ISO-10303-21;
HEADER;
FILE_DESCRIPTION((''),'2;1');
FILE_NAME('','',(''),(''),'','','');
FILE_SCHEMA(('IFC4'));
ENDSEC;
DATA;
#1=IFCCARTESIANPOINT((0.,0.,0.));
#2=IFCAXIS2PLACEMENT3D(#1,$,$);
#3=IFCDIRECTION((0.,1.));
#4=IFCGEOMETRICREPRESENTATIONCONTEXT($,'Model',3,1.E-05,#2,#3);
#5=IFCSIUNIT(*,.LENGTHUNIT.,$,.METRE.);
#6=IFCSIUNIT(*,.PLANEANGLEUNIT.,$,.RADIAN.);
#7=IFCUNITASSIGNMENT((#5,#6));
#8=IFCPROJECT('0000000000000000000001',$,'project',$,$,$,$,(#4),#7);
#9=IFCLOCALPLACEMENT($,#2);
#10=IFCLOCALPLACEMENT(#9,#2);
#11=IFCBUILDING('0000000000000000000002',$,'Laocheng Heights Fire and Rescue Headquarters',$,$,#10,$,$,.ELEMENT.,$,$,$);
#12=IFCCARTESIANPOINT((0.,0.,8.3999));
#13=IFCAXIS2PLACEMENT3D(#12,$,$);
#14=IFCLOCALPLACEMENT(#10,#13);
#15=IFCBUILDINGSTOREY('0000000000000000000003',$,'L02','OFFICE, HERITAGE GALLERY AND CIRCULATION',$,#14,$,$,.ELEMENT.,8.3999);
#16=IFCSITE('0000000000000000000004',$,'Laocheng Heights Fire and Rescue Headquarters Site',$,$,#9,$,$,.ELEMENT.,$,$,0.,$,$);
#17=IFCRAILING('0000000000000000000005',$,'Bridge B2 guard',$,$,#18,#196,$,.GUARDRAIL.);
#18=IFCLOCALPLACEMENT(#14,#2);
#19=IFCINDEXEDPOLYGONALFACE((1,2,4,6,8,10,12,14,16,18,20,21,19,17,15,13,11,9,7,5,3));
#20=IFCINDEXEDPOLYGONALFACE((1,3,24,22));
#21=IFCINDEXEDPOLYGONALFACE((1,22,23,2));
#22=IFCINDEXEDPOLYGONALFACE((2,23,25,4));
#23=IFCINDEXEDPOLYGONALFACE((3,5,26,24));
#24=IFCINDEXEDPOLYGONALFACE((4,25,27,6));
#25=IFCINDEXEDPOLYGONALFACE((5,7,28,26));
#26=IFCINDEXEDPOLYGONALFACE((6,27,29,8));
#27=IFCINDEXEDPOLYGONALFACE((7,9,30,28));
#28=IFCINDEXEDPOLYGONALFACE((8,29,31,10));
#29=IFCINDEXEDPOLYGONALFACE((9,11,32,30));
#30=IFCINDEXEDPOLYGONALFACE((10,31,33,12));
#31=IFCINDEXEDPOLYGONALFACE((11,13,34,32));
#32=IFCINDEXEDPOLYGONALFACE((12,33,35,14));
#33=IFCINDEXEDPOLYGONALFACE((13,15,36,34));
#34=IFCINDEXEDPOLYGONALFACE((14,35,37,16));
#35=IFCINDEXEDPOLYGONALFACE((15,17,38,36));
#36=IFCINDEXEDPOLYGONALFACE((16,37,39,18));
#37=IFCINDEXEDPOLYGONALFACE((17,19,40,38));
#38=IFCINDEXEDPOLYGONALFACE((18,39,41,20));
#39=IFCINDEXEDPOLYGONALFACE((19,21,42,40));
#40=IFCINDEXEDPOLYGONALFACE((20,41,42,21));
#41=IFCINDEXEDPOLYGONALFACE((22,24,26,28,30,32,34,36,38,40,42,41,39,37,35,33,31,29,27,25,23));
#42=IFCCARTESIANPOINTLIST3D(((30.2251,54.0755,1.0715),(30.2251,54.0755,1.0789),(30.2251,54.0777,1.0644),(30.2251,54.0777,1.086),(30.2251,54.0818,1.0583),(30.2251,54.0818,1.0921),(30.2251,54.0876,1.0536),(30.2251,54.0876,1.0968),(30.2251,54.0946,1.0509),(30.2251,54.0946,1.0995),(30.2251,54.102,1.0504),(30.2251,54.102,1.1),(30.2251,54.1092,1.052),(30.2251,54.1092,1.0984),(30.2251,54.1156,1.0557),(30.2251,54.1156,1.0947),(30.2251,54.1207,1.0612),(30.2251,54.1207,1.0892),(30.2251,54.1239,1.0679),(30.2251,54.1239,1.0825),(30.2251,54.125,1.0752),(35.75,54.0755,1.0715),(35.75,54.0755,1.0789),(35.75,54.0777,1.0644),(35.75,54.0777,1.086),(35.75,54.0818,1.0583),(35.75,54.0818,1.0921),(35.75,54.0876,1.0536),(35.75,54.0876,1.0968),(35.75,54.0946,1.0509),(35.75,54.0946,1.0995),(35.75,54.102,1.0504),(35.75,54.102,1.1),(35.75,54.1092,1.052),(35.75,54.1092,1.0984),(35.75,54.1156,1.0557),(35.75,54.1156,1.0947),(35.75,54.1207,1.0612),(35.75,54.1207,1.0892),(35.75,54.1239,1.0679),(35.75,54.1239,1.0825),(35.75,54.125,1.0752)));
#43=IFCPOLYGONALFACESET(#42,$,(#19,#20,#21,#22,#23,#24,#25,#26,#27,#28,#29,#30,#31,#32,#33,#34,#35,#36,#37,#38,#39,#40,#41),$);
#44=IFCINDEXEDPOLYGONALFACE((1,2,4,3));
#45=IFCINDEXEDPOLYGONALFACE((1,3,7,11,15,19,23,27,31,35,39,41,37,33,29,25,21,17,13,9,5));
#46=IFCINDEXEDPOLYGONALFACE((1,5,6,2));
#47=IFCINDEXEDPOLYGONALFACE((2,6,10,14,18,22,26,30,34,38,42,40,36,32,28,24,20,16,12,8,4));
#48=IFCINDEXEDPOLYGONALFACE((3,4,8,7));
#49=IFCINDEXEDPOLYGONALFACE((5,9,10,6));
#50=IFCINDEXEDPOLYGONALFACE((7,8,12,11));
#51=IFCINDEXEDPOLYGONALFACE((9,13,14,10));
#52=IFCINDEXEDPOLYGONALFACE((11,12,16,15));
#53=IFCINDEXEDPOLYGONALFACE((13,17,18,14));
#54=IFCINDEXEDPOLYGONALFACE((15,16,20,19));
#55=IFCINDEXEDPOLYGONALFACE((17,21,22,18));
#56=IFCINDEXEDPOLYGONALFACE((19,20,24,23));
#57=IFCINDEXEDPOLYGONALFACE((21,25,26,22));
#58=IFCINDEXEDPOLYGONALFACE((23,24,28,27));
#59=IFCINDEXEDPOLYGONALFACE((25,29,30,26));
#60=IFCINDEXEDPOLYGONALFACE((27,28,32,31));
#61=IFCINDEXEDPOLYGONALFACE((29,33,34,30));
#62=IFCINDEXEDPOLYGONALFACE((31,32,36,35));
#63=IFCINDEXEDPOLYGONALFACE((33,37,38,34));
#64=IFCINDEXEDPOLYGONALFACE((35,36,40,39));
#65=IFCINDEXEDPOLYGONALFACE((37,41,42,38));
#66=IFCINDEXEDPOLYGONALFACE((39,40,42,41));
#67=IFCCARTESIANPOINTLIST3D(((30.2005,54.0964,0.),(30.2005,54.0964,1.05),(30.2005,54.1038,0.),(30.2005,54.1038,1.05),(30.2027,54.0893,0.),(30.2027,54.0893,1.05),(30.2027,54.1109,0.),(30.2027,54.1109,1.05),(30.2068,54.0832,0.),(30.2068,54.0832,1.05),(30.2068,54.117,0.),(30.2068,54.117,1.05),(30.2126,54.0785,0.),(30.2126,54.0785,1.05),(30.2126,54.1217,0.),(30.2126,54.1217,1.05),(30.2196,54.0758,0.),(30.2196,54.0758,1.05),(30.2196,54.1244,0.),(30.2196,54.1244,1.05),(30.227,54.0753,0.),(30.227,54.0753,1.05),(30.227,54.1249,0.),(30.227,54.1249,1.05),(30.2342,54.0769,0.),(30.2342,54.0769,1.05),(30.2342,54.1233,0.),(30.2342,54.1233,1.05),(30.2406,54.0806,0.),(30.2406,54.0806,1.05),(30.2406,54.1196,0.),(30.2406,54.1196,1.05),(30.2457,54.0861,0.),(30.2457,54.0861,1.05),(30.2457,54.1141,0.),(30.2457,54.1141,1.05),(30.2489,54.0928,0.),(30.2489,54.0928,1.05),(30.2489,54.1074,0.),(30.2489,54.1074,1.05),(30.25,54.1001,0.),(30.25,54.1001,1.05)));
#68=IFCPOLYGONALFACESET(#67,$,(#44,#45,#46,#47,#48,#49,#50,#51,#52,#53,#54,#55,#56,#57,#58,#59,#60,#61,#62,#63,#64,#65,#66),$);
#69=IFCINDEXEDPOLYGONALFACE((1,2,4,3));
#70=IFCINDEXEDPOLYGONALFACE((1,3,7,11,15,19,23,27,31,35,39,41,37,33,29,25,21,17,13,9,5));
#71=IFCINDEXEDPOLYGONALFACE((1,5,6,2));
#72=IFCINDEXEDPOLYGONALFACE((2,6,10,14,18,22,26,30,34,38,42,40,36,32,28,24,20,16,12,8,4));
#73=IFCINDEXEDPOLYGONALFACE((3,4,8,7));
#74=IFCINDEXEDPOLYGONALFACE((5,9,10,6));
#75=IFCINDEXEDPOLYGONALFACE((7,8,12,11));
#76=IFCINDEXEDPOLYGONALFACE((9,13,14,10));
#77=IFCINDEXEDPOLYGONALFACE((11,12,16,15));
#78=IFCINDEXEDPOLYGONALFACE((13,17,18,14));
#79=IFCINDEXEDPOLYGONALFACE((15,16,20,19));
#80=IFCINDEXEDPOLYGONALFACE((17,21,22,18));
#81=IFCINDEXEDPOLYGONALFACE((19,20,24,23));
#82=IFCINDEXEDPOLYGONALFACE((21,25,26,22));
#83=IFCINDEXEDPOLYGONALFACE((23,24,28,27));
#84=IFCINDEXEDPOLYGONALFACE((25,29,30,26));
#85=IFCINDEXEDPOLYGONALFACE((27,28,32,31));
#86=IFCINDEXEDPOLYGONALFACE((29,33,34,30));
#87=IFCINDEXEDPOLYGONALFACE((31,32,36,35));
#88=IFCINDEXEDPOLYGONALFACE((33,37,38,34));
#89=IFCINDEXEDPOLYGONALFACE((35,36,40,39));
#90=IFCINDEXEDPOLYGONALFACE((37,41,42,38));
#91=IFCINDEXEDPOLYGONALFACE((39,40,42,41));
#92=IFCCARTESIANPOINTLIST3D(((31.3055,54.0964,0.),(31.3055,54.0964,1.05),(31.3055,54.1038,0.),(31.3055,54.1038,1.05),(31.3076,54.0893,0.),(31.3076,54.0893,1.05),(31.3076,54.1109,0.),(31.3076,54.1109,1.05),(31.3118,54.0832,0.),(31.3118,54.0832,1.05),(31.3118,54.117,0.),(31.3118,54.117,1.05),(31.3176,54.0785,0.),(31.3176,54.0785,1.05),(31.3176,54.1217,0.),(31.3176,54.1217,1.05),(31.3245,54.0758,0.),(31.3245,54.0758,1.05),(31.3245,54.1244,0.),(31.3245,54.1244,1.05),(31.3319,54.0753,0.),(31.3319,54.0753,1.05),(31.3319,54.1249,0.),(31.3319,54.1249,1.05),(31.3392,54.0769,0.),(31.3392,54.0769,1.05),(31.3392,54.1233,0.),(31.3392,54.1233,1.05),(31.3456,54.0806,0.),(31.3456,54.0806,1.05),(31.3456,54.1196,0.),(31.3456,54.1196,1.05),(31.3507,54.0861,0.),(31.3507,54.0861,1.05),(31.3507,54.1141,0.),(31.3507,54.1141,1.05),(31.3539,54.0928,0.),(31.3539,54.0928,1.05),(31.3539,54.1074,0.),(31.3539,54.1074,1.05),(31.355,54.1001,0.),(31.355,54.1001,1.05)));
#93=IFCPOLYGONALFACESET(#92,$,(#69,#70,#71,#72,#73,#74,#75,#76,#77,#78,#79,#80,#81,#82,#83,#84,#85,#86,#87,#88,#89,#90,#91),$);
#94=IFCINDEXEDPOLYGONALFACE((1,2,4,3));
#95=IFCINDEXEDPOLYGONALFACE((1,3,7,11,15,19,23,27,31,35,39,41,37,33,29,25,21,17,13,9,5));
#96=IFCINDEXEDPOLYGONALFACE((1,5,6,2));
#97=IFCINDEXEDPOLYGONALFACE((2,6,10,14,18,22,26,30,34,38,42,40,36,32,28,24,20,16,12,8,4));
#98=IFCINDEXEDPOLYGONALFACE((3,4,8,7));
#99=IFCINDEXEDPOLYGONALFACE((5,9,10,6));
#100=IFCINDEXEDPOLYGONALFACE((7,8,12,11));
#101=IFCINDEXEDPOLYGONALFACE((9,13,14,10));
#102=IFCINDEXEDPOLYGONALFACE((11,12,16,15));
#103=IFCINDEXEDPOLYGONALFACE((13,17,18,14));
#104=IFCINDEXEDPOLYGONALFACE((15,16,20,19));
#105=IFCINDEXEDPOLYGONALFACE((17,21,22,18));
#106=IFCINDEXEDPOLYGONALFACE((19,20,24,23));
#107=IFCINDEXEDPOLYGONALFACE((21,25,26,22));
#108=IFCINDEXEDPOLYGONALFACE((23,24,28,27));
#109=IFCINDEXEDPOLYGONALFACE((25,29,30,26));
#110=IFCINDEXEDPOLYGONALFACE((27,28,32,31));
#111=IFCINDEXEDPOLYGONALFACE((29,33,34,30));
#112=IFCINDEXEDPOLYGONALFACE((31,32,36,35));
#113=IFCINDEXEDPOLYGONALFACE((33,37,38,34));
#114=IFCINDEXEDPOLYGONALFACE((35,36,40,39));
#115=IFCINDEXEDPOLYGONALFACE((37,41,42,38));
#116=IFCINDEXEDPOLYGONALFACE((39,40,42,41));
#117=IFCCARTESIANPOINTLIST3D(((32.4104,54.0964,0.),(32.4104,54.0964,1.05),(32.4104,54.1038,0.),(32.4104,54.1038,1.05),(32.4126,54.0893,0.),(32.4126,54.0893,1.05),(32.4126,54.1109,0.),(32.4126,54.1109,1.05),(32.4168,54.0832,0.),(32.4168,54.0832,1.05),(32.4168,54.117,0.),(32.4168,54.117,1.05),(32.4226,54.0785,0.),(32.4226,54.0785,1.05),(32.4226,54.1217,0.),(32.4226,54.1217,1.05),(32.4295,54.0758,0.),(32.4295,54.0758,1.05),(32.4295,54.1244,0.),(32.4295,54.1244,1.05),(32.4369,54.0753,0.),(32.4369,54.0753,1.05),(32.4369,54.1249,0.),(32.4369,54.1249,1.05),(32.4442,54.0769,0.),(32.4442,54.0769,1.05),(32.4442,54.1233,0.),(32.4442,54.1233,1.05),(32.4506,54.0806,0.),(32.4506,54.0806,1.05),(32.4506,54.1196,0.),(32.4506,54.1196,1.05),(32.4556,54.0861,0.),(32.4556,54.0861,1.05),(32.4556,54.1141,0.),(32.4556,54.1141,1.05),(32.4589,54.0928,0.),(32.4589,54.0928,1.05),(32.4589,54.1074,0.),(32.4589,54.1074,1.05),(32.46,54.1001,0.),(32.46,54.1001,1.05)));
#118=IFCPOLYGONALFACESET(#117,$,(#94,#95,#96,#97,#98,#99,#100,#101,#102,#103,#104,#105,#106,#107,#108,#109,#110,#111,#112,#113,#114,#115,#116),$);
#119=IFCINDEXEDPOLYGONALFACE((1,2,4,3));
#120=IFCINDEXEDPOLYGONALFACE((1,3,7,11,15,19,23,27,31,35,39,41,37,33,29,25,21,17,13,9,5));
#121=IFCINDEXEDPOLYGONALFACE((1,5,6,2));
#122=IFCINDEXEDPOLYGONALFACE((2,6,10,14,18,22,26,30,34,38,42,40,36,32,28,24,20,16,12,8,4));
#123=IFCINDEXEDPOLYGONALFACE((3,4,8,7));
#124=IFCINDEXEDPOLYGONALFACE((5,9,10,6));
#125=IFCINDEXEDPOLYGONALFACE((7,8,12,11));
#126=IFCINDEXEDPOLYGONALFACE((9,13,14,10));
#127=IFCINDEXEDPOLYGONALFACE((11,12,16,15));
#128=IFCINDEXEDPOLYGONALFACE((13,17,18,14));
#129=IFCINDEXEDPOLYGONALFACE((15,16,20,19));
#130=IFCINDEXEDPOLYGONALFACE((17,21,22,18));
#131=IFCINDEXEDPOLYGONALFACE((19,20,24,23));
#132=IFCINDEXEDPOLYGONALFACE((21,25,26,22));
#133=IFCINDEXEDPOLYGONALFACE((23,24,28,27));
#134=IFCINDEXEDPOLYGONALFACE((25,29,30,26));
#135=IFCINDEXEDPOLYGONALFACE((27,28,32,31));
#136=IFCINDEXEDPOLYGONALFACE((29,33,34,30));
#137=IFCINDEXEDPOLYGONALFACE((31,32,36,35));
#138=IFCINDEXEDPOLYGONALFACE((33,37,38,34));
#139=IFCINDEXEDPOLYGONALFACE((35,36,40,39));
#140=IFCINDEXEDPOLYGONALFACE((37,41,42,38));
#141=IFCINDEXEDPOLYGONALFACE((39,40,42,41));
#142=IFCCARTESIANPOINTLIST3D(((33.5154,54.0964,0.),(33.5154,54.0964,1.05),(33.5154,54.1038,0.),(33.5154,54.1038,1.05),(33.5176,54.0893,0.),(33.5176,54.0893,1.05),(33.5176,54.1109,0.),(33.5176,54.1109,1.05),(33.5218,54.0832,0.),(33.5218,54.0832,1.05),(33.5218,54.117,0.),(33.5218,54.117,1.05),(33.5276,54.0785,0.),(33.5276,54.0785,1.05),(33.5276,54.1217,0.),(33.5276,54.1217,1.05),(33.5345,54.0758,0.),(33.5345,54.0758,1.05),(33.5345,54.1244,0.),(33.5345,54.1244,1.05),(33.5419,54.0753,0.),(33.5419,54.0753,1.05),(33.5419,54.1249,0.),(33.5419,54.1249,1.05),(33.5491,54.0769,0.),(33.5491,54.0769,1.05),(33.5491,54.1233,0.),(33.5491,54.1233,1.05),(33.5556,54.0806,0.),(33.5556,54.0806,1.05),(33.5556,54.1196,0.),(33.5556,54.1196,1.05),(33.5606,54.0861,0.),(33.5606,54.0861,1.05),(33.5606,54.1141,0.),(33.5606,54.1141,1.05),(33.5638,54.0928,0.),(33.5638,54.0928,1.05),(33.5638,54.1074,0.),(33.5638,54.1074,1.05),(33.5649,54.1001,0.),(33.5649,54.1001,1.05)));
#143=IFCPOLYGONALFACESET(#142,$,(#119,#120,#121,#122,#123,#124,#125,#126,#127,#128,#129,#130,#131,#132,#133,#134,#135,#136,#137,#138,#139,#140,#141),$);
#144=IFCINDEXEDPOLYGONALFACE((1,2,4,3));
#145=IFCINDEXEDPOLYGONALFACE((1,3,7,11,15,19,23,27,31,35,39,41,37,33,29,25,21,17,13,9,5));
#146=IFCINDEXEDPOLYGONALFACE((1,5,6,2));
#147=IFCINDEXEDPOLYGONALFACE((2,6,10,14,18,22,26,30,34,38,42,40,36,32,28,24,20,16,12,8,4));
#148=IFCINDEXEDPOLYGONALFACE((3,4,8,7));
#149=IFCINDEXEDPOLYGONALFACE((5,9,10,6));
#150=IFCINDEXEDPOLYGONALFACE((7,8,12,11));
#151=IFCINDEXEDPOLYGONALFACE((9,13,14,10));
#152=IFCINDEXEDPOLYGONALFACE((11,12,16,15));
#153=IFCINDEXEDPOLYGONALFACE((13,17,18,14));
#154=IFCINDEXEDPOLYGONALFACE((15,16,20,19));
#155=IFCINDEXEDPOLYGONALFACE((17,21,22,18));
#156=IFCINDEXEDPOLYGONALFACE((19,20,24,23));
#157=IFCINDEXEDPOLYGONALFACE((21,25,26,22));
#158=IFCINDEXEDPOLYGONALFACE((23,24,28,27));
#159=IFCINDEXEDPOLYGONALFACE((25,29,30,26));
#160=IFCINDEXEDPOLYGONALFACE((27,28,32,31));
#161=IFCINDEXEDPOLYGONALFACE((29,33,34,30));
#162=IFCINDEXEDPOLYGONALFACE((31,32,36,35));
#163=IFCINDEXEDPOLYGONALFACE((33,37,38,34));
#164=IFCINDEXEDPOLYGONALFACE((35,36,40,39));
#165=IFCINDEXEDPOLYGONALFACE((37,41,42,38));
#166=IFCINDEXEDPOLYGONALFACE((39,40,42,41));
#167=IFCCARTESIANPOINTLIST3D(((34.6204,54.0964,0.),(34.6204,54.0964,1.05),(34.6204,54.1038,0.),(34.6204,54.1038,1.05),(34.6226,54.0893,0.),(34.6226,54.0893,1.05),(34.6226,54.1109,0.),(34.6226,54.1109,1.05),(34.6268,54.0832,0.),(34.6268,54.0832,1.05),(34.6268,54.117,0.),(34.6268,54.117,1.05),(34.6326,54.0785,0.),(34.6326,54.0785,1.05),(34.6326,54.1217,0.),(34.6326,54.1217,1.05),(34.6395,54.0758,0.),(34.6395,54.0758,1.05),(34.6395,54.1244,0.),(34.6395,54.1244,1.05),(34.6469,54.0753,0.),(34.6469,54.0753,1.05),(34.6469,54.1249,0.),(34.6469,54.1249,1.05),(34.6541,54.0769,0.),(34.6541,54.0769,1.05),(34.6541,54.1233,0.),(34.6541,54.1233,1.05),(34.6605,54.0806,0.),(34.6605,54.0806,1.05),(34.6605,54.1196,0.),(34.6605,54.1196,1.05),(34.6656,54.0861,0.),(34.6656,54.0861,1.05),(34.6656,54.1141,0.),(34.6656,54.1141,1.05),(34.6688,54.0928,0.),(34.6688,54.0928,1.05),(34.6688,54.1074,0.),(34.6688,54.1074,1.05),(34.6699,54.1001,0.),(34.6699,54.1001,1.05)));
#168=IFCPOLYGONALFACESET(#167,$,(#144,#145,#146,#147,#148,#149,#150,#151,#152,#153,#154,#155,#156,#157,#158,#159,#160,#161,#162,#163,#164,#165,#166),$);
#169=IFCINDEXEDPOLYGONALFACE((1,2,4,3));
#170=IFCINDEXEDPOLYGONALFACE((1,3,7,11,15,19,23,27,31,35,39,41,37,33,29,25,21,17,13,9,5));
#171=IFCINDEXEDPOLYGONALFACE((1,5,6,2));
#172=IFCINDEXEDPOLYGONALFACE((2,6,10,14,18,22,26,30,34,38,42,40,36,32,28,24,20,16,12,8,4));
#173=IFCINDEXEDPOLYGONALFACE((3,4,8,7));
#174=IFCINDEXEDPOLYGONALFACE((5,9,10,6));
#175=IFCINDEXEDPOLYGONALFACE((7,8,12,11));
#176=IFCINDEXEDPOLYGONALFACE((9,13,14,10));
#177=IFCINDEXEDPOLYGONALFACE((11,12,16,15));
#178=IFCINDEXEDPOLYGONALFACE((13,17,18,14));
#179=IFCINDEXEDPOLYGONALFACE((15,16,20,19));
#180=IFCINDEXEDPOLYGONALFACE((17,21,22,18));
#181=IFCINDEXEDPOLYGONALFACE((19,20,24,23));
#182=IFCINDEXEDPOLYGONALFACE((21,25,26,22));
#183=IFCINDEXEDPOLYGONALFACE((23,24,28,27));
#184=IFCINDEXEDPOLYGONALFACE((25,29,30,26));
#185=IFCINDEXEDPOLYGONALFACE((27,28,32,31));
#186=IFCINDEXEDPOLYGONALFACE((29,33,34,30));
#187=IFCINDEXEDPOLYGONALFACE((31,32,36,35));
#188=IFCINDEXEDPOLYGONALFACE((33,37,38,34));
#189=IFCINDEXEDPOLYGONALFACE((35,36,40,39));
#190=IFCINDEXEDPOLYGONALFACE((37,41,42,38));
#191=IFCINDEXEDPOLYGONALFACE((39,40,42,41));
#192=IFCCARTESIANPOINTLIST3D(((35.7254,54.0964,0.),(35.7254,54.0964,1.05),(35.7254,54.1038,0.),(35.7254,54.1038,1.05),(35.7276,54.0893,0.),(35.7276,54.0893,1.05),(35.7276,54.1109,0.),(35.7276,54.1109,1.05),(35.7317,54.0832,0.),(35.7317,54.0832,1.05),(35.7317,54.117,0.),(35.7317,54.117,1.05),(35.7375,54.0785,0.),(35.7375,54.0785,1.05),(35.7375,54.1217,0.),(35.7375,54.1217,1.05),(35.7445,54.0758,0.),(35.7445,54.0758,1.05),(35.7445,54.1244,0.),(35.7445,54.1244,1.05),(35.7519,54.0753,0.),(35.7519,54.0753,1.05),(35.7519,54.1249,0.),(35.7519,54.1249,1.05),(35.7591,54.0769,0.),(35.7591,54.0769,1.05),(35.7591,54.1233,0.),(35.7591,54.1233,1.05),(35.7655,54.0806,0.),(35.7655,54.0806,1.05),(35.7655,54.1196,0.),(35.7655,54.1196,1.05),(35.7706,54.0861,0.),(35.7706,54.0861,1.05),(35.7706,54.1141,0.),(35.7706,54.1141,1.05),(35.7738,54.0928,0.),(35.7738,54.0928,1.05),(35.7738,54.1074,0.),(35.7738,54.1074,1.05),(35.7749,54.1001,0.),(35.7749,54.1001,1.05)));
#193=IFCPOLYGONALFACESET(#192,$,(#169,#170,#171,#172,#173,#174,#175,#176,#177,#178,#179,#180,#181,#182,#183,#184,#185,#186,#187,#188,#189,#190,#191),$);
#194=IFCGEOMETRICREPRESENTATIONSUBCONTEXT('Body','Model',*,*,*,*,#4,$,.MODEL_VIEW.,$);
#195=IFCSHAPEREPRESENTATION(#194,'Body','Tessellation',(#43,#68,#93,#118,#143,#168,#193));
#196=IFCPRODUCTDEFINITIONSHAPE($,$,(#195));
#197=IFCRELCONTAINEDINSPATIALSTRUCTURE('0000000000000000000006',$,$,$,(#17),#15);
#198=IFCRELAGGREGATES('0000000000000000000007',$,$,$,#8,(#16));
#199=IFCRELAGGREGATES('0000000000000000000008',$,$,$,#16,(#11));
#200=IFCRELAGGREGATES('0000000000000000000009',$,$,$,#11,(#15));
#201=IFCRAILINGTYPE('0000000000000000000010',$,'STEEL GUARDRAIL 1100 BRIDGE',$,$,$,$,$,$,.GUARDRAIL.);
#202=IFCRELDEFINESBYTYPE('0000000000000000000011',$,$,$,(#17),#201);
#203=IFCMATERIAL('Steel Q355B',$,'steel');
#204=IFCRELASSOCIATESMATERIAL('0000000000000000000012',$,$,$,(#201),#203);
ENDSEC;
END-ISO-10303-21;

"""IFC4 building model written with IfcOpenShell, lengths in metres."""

from ifc_helpers import new_model, si_unit, direction, frame, origin, origin_2d, place, context, subcontext, project, spatial, circle, extrude, material, type_object, element, save


model = new_model("IFC4")

# Units and contexts
model_context = context("Model", 3, precision=1e-05, world=origin(), true_north=direction((0.0, 1.0)))
body_context = subcontext(model_context, "Body", "Model", "MODEL_VIEW")
ifc_project = project(units=[si_unit("LENGTHUNIT", "METRE"), si_unit("PLANEANGLEUNIT", "RADIAN")], contexts=[model_context])

# Site, building, storey
site_placement = place(None, origin())
site = spatial("IfcSite", under=ifc_project, at=site_placement, Name="Laocheng Heights Fire and Rescue Headquarters Site", CompositionType="ELEMENT", RefElevation=0.0)
building_placement = place(site_placement, origin())
building = spatial("IfcBuilding", under=site, at=building_placement, Name="Laocheng Heights Fire and Rescue Headquarters", CompositionType="ELEMENT")
storey_placement = place(building_placement, frame((0.0, 0.0, 8.3999)))
storey = spatial("IfcBuildingStorey", under=building, at=storey_placement, Name="L02", Description="OFFICE, HERITAGE GALLERY AND CIRCULATION", CompositionType="ELEMENT", Elevation=8.3999)

# Railing
ifc_material_1 = material(Name="Steel Q355B", Category="steel")
railing_type = type_object("IfcRailingType", Name="STEEL GUARDRAIL 1100 BRIDGE", PredefinedType="GUARDRAIL", material=ifc_material_1)
railing_1_placement = place(storey_placement, frame((30.2251, 54.1001, 0.0)))
element("IfcRailing", 1, at=railing_1_placement, inside=storey, type_object=railing_type, Name="Bridge B2 guard", PredefinedType="GUARDRAIL", context=body_context, shape_type="SweptSolid", body=[
    extrude(circle(Radius=0.0249, at=origin_2d()), frame((0.0, 0.0, 1.0752), z_axis=(1.0, 0.0, 0.0), x_axis=(0.0, 1.0, 0.0)), (0.0, 0.0, 1.0), 5.5249),
    extrude(circle(Radius=0.0249, at=origin_2d()), origin(), (0.0, 0.0, 1.0), 1.05),
    extrude(circle(Radius=0.0249, at=origin_2d()), frame((1.105, 0.0, 0.0)), (0.0, 0.0, 1.0), 1.05),
    extrude(circle(Radius=0.0249, at=origin_2d()), frame((2.21, 0.0, 0.0)), (0.0, 0.0, 1.0), 1.05),
    extrude(circle(Radius=0.0249, at=origin_2d()), frame((3.3149, 0.0, 0.0)), (0.0, 0.0, 1.0), 1.05),
    extrude(circle(Radius=0.0249, at=origin_2d()), frame((4.4199, 0.0, 0.0)), (0.0, 0.0, 1.0), 1.05),
    extrude(circle(Radius=0.0249, at=origin_2d()), frame((5.5249, 0.0, 0.0)), (0.0, 0.0, 1.0), 1.05),
])

save(model, "model.ifc")
